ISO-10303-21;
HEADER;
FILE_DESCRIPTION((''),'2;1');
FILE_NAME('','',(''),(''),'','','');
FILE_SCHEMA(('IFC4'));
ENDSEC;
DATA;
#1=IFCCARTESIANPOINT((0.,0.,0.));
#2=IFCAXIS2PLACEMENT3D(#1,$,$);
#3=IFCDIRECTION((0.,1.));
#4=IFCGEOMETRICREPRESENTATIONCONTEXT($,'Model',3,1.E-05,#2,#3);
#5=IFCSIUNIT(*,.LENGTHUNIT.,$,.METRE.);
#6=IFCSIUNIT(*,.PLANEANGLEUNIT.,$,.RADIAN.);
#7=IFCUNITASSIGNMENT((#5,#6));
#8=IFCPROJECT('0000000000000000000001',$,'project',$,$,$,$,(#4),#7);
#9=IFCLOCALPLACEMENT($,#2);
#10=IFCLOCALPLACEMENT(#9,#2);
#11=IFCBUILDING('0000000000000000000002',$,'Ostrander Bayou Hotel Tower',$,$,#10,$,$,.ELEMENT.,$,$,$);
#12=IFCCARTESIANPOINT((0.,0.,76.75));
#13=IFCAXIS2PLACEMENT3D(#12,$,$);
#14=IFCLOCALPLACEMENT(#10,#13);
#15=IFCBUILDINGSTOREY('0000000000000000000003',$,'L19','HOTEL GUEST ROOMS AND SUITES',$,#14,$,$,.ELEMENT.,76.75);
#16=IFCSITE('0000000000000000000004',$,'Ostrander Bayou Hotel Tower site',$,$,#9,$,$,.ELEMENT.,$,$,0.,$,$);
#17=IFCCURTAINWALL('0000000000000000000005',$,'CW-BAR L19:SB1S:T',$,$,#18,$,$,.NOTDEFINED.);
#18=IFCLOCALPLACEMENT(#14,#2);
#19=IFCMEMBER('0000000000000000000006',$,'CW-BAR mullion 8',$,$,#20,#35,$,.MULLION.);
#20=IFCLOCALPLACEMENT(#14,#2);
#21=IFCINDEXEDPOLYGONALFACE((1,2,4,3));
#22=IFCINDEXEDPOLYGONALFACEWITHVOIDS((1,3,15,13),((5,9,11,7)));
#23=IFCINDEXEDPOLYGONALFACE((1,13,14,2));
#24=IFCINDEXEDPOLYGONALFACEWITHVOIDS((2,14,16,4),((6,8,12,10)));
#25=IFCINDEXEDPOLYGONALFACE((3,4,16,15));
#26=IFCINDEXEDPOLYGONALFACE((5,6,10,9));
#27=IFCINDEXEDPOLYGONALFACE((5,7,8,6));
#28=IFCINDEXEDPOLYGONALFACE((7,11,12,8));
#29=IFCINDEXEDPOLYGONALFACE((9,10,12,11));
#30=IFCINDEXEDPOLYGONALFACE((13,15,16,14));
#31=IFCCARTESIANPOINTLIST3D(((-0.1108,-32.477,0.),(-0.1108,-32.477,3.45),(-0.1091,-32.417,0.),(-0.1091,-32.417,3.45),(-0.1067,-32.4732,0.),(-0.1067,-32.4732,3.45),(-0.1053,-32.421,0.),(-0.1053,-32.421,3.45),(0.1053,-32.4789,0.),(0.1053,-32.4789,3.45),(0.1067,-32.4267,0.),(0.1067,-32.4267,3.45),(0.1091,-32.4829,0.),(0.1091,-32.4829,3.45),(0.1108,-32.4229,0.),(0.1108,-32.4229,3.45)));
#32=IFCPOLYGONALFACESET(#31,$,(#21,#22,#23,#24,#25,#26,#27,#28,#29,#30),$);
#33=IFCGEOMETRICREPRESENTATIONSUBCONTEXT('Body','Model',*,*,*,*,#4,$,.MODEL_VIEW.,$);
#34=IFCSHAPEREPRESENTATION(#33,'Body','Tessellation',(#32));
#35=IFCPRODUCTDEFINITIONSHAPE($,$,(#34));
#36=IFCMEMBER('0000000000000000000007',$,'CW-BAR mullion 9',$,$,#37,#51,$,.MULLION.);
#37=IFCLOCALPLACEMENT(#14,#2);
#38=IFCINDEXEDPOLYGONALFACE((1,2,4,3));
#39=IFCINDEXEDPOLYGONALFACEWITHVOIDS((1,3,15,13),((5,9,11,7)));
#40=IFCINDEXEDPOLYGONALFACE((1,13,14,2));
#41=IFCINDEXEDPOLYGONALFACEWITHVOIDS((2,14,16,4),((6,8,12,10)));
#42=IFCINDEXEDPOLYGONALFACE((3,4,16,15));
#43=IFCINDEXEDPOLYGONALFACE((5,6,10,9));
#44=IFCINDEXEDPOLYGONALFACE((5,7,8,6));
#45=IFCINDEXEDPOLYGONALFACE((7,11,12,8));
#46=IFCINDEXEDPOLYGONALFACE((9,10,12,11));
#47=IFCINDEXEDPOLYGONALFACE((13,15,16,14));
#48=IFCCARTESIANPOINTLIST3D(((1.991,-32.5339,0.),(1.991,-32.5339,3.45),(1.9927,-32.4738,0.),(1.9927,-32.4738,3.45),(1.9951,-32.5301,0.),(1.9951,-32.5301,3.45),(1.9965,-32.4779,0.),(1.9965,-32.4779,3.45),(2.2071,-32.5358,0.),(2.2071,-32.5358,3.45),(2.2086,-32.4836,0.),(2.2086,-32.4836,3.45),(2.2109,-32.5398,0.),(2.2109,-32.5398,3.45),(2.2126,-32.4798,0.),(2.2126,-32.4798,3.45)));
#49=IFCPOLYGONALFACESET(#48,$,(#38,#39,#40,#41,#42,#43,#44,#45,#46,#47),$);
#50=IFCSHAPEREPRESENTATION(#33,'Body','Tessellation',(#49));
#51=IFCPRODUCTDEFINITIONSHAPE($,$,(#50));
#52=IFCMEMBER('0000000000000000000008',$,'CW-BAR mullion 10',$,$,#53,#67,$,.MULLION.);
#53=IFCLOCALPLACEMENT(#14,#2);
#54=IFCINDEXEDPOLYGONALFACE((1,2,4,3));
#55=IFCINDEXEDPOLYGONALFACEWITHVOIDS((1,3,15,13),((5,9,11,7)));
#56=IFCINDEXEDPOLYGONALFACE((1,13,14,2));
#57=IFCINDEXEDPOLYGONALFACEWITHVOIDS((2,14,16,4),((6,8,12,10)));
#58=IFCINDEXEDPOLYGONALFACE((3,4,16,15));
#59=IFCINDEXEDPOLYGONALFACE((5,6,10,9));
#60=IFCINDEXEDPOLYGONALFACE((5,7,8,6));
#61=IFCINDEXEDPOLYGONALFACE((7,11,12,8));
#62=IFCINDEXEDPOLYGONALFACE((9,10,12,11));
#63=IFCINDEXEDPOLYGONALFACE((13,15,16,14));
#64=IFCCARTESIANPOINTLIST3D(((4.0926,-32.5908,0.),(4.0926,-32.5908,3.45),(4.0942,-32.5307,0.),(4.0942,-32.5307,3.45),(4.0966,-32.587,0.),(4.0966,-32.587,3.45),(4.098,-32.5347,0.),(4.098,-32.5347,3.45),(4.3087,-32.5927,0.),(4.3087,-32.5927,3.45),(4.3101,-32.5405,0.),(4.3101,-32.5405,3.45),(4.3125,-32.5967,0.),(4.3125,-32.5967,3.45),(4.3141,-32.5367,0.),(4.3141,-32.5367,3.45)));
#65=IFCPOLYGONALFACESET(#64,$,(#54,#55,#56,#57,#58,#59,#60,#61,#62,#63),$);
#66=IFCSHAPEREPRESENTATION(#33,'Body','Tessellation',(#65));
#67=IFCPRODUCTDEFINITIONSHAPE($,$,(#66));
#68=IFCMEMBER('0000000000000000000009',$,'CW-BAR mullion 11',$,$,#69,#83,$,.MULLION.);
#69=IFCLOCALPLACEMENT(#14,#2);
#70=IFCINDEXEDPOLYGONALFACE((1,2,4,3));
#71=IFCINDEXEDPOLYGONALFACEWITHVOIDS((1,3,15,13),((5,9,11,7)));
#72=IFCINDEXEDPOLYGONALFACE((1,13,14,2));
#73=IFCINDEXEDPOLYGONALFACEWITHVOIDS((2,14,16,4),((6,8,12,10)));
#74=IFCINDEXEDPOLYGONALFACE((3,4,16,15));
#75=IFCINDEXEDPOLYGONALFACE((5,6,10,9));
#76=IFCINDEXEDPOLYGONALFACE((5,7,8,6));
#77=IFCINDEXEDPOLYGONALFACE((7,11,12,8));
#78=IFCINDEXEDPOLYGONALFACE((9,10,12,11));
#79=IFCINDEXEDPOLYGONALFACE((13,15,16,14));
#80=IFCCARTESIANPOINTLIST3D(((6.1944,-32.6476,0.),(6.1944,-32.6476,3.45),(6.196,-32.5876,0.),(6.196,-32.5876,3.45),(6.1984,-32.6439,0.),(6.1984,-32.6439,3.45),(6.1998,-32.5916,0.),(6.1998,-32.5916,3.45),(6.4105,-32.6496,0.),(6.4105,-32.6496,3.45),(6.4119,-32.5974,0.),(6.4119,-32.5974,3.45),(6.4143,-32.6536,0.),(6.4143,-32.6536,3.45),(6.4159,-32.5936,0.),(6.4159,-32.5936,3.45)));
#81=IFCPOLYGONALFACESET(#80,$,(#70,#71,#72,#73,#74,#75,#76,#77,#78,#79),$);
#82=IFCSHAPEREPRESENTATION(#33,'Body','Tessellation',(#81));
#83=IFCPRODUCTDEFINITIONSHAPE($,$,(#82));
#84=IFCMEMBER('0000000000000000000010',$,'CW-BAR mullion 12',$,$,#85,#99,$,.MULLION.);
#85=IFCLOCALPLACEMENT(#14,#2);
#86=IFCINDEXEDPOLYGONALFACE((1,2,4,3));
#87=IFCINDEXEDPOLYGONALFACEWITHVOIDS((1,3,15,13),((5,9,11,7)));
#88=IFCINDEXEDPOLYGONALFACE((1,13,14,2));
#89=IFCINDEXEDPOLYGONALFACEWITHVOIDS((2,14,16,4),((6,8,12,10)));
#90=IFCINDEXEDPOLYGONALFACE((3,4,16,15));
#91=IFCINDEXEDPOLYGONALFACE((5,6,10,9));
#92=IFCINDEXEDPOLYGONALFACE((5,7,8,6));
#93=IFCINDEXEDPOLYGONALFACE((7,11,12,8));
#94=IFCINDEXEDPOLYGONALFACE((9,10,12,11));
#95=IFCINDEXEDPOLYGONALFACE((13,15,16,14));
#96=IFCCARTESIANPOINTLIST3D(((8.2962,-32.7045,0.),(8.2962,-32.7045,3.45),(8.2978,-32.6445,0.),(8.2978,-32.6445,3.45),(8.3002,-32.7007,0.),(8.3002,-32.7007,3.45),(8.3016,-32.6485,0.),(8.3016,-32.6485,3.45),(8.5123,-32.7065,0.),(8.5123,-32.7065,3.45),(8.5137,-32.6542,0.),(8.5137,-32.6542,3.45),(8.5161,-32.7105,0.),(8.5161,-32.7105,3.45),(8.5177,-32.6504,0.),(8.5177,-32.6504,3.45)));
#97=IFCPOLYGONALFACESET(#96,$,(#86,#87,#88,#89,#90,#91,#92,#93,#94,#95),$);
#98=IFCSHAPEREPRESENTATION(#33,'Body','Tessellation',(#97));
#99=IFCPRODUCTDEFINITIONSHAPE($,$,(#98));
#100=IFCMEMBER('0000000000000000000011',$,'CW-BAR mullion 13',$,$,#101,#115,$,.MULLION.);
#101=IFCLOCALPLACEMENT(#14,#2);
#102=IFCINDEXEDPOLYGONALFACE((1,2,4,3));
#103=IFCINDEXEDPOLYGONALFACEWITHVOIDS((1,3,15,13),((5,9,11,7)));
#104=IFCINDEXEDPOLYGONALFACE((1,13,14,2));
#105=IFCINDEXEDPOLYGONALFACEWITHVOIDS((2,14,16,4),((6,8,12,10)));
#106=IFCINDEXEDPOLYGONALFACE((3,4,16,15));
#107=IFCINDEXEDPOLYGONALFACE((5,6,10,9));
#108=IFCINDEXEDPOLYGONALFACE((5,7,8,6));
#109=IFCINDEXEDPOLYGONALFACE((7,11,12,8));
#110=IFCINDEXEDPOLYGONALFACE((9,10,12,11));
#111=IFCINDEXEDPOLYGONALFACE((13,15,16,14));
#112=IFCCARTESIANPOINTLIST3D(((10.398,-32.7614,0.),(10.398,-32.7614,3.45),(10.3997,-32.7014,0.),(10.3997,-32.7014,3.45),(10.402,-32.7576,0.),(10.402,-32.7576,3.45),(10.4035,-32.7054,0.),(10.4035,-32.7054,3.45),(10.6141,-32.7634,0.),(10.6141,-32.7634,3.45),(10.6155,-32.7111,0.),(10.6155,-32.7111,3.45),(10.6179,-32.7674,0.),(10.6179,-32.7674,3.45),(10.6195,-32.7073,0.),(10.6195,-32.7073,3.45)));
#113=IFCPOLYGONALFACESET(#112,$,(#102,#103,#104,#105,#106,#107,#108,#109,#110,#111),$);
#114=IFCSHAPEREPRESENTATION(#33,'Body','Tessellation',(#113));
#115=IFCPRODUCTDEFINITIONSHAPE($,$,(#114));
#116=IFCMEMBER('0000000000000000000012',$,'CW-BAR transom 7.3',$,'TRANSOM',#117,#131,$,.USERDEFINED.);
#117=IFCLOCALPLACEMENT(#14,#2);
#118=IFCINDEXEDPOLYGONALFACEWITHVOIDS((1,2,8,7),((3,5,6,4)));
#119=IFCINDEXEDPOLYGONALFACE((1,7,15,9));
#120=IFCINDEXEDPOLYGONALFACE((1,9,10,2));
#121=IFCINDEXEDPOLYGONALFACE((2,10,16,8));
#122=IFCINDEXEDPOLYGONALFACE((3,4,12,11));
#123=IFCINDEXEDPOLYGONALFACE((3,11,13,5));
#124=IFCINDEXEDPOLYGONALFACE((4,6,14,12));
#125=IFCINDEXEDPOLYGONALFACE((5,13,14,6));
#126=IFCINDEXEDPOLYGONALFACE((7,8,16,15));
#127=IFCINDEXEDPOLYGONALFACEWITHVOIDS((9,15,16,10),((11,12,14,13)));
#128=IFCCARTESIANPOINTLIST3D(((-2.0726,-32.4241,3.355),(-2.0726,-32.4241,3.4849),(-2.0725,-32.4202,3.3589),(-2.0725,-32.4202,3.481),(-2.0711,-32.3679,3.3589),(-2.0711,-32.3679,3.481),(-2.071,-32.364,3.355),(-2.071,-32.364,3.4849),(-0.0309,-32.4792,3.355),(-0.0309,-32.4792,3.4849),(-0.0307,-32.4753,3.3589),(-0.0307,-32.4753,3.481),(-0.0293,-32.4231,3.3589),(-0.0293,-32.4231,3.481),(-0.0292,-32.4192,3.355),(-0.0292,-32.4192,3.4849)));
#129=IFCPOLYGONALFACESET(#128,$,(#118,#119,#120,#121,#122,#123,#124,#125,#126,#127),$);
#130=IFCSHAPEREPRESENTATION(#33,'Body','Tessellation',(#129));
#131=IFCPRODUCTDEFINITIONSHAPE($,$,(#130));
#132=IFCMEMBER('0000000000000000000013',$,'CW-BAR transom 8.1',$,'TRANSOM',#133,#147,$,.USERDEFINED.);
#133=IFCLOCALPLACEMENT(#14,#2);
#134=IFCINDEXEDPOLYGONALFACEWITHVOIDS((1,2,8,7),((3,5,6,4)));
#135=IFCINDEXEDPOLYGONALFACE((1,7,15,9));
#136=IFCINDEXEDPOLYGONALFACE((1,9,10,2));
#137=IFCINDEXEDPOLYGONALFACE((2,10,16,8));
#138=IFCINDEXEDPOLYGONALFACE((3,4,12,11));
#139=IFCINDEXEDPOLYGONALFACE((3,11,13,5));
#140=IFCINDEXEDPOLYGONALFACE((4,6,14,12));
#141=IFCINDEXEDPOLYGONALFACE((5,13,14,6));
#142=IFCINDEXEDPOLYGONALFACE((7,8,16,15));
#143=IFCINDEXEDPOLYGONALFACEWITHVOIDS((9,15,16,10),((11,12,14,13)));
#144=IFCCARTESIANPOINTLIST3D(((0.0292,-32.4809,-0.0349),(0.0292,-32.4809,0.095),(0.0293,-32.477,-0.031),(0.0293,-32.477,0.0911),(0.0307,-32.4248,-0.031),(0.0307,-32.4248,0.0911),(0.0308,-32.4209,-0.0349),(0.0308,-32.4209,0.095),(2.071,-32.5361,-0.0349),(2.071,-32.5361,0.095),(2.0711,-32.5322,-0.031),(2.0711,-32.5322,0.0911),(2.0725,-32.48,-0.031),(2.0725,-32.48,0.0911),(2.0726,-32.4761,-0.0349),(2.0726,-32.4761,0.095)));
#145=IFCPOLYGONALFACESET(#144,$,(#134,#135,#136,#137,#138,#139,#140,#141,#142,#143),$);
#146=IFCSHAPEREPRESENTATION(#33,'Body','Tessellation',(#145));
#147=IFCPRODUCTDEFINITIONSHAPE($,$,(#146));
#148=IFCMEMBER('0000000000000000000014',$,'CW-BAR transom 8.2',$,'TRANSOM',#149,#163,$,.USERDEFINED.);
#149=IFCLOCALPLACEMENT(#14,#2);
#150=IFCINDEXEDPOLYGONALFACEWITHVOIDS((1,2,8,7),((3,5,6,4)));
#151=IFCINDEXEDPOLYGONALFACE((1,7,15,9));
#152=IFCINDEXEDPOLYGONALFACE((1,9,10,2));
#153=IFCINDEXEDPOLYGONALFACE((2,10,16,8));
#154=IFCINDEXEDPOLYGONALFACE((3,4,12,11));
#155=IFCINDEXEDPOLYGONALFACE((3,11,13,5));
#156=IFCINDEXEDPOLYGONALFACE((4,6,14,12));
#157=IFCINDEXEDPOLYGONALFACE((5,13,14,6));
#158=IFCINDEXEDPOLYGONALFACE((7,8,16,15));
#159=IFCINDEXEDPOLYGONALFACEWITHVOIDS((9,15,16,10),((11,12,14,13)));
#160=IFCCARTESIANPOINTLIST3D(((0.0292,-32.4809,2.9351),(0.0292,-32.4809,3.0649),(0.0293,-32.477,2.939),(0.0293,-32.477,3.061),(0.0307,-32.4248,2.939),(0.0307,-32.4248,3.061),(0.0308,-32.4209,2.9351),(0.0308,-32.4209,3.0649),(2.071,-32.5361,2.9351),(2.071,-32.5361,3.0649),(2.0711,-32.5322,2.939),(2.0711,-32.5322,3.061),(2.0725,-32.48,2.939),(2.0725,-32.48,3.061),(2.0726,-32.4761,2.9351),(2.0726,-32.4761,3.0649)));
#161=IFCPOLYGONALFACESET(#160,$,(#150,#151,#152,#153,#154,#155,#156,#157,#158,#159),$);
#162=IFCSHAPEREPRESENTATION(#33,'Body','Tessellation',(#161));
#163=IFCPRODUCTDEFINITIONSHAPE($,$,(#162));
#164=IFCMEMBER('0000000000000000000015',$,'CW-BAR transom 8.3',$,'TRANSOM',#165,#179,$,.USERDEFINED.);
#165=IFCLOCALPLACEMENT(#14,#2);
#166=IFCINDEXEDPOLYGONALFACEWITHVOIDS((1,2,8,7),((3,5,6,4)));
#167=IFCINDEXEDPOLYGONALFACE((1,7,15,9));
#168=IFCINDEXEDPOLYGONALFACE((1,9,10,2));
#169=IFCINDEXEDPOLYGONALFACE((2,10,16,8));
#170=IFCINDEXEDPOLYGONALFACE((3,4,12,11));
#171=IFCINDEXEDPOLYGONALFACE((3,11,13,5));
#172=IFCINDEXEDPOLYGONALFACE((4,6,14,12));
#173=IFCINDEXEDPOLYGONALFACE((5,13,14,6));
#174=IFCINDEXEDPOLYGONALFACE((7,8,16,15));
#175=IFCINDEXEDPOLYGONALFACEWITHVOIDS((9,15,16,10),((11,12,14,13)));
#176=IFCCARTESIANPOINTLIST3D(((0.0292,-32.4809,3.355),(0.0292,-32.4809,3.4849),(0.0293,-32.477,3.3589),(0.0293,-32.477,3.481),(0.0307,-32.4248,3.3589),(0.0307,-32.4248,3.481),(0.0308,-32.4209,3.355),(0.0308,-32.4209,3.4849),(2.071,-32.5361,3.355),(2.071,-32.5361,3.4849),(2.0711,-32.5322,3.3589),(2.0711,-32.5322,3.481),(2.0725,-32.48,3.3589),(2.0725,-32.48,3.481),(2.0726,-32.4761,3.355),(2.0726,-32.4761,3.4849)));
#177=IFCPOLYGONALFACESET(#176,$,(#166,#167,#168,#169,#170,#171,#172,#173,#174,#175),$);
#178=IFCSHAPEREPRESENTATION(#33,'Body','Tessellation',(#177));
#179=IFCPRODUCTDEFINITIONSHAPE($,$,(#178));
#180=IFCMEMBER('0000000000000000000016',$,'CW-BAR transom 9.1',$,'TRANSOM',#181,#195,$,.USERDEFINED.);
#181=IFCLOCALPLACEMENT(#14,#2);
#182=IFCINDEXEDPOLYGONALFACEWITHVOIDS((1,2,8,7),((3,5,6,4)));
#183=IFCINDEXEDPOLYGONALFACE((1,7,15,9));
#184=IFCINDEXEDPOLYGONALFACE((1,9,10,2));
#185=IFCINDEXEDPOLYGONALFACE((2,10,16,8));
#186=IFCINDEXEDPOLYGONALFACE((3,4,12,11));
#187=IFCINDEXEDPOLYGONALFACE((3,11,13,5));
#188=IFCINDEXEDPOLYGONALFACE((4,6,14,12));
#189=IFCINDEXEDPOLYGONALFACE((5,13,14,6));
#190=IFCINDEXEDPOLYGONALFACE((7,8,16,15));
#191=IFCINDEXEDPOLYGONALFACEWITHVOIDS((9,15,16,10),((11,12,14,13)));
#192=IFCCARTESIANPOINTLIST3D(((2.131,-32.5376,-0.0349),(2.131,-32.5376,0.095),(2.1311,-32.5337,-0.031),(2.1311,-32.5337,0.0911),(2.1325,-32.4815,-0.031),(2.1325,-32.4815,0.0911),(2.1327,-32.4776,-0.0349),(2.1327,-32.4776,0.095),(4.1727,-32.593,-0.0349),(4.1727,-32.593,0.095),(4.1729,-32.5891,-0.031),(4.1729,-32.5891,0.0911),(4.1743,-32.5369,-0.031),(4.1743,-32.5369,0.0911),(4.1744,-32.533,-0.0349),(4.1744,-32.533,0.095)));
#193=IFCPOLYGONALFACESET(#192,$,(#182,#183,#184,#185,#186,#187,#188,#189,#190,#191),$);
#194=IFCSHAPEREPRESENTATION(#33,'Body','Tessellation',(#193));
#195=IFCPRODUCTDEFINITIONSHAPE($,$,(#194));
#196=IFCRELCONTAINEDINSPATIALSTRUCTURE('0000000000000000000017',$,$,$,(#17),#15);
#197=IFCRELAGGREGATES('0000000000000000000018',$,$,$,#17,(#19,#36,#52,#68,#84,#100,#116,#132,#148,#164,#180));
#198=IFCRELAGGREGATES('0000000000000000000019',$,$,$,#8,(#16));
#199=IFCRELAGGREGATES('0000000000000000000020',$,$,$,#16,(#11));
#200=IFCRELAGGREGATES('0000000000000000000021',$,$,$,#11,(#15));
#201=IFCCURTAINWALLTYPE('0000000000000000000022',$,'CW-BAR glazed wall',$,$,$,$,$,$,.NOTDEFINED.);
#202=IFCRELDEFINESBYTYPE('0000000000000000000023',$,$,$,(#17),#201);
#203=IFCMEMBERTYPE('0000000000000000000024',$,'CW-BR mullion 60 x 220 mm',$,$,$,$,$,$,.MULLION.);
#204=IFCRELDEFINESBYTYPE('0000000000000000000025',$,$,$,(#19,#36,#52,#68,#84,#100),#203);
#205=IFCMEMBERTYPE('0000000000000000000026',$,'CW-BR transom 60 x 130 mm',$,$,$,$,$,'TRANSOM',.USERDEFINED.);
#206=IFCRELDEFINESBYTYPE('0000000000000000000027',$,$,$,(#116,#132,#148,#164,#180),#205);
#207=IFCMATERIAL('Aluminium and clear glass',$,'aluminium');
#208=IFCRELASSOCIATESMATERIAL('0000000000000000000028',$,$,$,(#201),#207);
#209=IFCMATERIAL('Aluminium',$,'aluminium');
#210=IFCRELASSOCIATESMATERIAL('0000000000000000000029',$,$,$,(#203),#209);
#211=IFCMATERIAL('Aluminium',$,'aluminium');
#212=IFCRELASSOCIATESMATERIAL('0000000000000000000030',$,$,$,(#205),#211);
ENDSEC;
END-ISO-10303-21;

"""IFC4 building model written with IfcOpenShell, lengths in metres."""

from ifc_helpers import new_model, si_unit, direction, frame, origin, origin_2d, place, context, subcontext, project, spatial, hollow_rectangle, extrude, material, material_profile, profile_set, type_object, element, aggregate, save


model = new_model("IFC4")

# Units and contexts
model_context = context("Model", 3, precision=1e-05, world=origin(), true_north=direction((0.0, 1.0)))
body_context = subcontext(model_context, "Body", "Model", "MODEL_VIEW")
ifc_project = project(units=[si_unit("LENGTHUNIT", "METRE"), si_unit("PLANEANGLEUNIT", "RADIAN")], contexts=[model_context])

# Site, building, storey
site_placement = place(None, origin())
site = spatial("IfcSite", under=ifc_project, at=site_placement, Name="Ostrander Bayou Hotel Tower site", CompositionType="ELEMENT", RefElevation=0.0)
building_placement = place(site_placement, origin())
building = spatial("IfcBuilding", under=site, at=building_placement, Name="Ostrander Bayou Hotel Tower", CompositionType="ELEMENT")
storey_placement = place(building_placement, frame((0.0, 0.0, 76.75)))
storey = spatial("IfcBuildingStorey", under=building, at=storey_placement, Name="L19", Description="HOTEL GUEST ROOMS AND SUITES", CompositionType="ELEMENT", Elevation=76.75)

# Curtain wall, members
ifc_material_1 = material(Name="Aluminium and clear glass", Category="aluminium")
curtain_wall_type = type_object("IfcCurtainWallType", Name="CW-BAR glazed wall", PredefinedType="NOTDEFINED", material=ifc_material_1)
curtain_wall_placement = place(storey_placement, origin())
curtain_wall = element("IfcCurtainWall", 1, at=curtain_wall_placement, inside=storey, type_object=curtain_wall_type, Name="CW-BAR L19:SB1S:T", PredefinedType="NOTDEFINED")
ifc_material_2 = material(Name="Aluminium", Category="aluminium")
ifc_material_profile_1 = material_profile(ifc_material_2, hollow_rectangle(XDim=0.0601, YDim=0.22, WallThickness=0.0039, at=origin_2d()))
ifc_profile_set_1 = profile_set([ifc_material_profile_1], Name="Aluminium")
member_type_1 = type_object("IfcMemberType", Name="CW-BR mullion 60 x 220 mm", PredefinedType="MULLION", material=ifc_profile_set_1)
member_1_placement = place(storey_placement, frame((0.0, -32.45, 0.0), z_axis=(0.0, 0.0, 1.0), x_axis=(0.027042, 0.999634, 0.0)))
member_1 = element("IfcMember", 2, at=member_1_placement, type_object=member_type_1, Name="CW-BAR mullion 8", PredefinedType="MULLION", context=body_context, shape_type="SweptSolid", body=[
    extrude(hollow_rectangle(XDim=0.0601, YDim=0.22, WallThickness=0.0039, at=origin_2d()), origin(), (0.0, 0.0, 1.0), 3.45),
])
member_2_placement = place(storey_placement, frame((2.1018, -32.5068, 0.0), z_axis=(0.0, 0.0, 1.0), x_axis=(0.027042, 0.999634, 0.0)))
member_2 = element("IfcMember", 3, at=member_2_placement, type_object=member_type_1, Name="CW-BAR mullion 9", PredefinedType="MULLION", context=body_context, shape_type="SweptSolid", body=[
    extrude(hollow_rectangle(XDim=0.0601, YDim=0.22, WallThickness=0.0039, at=origin_2d()), origin(), (0.0, 0.0, 1.0), 3.45),
])
member_3_placement = place(storey_placement, frame((4.2034, -32.5637, 0.0), z_axis=(0.0, 0.0, 1.0), x_axis=(0.027042, 0.999634, 0.0)))
member_3 = element("IfcMember", 4, at=member_3_placement, type_object=member_type_1, Name="CW-BAR mullion 10", PredefinedType="MULLION", context=body_context, shape_type="SweptSolid", body=[
    extrude(hollow_rectangle(XDim=0.0601, YDim=0.22, WallThickness=0.0039, at=origin_2d()), origin(), (0.0, 0.0, 1.0), 3.45),
])
member_4_placement = place(storey_placement, frame((6.3052, -32.6206, 0.0), z_axis=(0.0, 0.0, 1.0), x_axis=(0.027042, 0.999634, 0.0)))
member_4 = element("IfcMember", 5, at=member_4_placement, type_object=member_type_1, Name="CW-BAR mullion 11", PredefinedType="MULLION", context=body_context, shape_type="SweptSolid", body=[
    extrude(hollow_rectangle(XDim=0.0601, YDim=0.22, WallThickness=0.0039, at=origin_2d()), origin(), (0.0, 0.0, 1.0), 3.45),
])
member_5_placement = place(storey_placement, frame((8.407, -32.6775, 0.0), z_axis=(0.0, 0.0, 1.0), x_axis=(0.027042, 0.999634, 0.0)))
member_5 = element("IfcMember", 6, at=member_5_placement, type_object=member_type_1, Name="CW-BAR mullion 12", PredefinedType="MULLION", context=body_context, shape_type="SweptSolid", body=[
    extrude(hollow_rectangle(XDim=0.0601, YDim=0.22, WallThickness=0.0039, at=origin_2d()), origin(), (0.0, 0.0, 1.0), 3.45),
])
member_6_placement = place(storey_placement, frame((10.5088, -32.7344, 0.0), z_axis=(0.0, 0.0, 1.0), x_axis=(0.027042, 0.999634, 0.0)))
member_6 = element("IfcMember", 7, at=member_6_placement, type_object=member_type_1, Name="CW-BAR mullion 13", PredefinedType="MULLION", context=body_context, shape_type="SweptSolid", body=[
    extrude(hollow_rectangle(XDim=0.0601, YDim=0.22, WallThickness=0.0039, at=origin_2d()), origin(), (0.0, 0.0, 1.0), 3.45),
])
ifc_material_3 = material(Name="Aluminium", Category="aluminium")
ifc_material_profile_2 = material_profile(ifc_material_3, hollow_rectangle(XDim=0.0601, YDim=0.1299, WallThickness=0.0039, at=origin_2d()))
ifc_profile_set_2 = profile_set([ifc_material_profile_2], Name="Aluminium")
member_type_2 = type_object("IfcMemberType", Name="CW-BR transom 60 x 130 mm", ElementType="TRANSOM", PredefinedType="USERDEFINED", material=ifc_profile_set_2)
member_7_placement = place(storey_placement, frame((-2.0718, -32.394, 3.4199), z_axis=(0.999635, -0.027014, 0.0), x_axis=(0.027014, 0.999635, 0.0)))
member_7 = element("IfcMember", 8, at=member_7_placement, type_object=member_type_2, Name="CW-BAR transom 7.3", ObjectType="TRANSOM", PredefinedType="USERDEFINED", context=body_context, shape_type="SweptSolid", body=[
    extrude(hollow_rectangle(XDim=0.0601, YDim=0.1299, WallThickness=0.0039, at=origin_2d()), origin(), (0.0, 0.0, 1.0), 2.0425),
])
member_8_placement = place(storey_placement, frame((0.03, -32.4509, 0.03), z_axis=(0.999635, -0.027014, 0.0), x_axis=(0.027014, 0.999635, 0.0)))
member_8 = element("IfcMember", 9, at=member_8_placement, type_object=member_type_2, Name="CW-BAR transom 8.1", ObjectType="TRANSOM", PredefinedType="USERDEFINED", context=body_context, shape_type="SweptSolid", body=[
    extrude(hollow_rectangle(XDim=0.0601, YDim=0.1299, WallThickness=0.0039, at=origin_2d()), origin(), (0.0, 0.0, 1.0), 2.0425),
])
member_9_placement = place(storey_placement, frame((0.03, -32.4509, 3.0), z_axis=(0.999635, -0.027014, 0.0), x_axis=(0.027014, 0.999635, 0.0)))
member_9 = element("IfcMember", 10, at=member_9_placement, type_object=member_type_2, Name="CW-BAR transom 8.2", ObjectType="TRANSOM", PredefinedType="USERDEFINED", context=body_context, shape_type="SweptSolid", body=[
    extrude(hollow_rectangle(XDim=0.0601, YDim=0.1299, WallThickness=0.0039, at=origin_2d()), origin(), (0.0, 0.0, 1.0), 2.0425),
])
member_10_placement = place(storey_placement, frame((0.03, -32.4509, 3.4199), z_axis=(0.999635, -0.027014, 0.0), x_axis=(0.027014, 0.999635, 0.0)))
member_10 = element("IfcMember", 11, at=member_10_placement, type_object=member_type_2, Name="CW-BAR transom 8.3", ObjectType="TRANSOM", PredefinedType="USERDEFINED", context=body_context, shape_type="SweptSolid", body=[
    extrude(hollow_rectangle(XDim=0.0601, YDim=0.1299, WallThickness=0.0039, at=origin_2d()), origin(), (0.0, 0.0, 1.0), 2.0425),
])
member_11_placement = place(storey_placement, frame((2.1318, -32.5076, 0.03), z_axis=(0.999632, -0.027133, 0.0), x_axis=(0.027133, 0.999632, 0.0)))
member_11 = element("IfcMember", 12, at=member_11_placement, type_object=member_type_2, Name="CW-BAR transom 9.1", ObjectType="TRANSOM", PredefinedType="USERDEFINED", context=body_context, shape_type="SweptSolid", body=[
    extrude(hollow_rectangle(XDim=0.0601, YDim=0.1299, WallThickness=0.0039, at=origin_2d()), origin(), (0.0, 0.0, 1.0), 2.0425),
])
aggregate(curtain_wall, [member_1, member_2, member_3, member_4, member_5, member_6, member_7, member_8, member_9, member_10, member_11])

save(model, "model.ifc")
